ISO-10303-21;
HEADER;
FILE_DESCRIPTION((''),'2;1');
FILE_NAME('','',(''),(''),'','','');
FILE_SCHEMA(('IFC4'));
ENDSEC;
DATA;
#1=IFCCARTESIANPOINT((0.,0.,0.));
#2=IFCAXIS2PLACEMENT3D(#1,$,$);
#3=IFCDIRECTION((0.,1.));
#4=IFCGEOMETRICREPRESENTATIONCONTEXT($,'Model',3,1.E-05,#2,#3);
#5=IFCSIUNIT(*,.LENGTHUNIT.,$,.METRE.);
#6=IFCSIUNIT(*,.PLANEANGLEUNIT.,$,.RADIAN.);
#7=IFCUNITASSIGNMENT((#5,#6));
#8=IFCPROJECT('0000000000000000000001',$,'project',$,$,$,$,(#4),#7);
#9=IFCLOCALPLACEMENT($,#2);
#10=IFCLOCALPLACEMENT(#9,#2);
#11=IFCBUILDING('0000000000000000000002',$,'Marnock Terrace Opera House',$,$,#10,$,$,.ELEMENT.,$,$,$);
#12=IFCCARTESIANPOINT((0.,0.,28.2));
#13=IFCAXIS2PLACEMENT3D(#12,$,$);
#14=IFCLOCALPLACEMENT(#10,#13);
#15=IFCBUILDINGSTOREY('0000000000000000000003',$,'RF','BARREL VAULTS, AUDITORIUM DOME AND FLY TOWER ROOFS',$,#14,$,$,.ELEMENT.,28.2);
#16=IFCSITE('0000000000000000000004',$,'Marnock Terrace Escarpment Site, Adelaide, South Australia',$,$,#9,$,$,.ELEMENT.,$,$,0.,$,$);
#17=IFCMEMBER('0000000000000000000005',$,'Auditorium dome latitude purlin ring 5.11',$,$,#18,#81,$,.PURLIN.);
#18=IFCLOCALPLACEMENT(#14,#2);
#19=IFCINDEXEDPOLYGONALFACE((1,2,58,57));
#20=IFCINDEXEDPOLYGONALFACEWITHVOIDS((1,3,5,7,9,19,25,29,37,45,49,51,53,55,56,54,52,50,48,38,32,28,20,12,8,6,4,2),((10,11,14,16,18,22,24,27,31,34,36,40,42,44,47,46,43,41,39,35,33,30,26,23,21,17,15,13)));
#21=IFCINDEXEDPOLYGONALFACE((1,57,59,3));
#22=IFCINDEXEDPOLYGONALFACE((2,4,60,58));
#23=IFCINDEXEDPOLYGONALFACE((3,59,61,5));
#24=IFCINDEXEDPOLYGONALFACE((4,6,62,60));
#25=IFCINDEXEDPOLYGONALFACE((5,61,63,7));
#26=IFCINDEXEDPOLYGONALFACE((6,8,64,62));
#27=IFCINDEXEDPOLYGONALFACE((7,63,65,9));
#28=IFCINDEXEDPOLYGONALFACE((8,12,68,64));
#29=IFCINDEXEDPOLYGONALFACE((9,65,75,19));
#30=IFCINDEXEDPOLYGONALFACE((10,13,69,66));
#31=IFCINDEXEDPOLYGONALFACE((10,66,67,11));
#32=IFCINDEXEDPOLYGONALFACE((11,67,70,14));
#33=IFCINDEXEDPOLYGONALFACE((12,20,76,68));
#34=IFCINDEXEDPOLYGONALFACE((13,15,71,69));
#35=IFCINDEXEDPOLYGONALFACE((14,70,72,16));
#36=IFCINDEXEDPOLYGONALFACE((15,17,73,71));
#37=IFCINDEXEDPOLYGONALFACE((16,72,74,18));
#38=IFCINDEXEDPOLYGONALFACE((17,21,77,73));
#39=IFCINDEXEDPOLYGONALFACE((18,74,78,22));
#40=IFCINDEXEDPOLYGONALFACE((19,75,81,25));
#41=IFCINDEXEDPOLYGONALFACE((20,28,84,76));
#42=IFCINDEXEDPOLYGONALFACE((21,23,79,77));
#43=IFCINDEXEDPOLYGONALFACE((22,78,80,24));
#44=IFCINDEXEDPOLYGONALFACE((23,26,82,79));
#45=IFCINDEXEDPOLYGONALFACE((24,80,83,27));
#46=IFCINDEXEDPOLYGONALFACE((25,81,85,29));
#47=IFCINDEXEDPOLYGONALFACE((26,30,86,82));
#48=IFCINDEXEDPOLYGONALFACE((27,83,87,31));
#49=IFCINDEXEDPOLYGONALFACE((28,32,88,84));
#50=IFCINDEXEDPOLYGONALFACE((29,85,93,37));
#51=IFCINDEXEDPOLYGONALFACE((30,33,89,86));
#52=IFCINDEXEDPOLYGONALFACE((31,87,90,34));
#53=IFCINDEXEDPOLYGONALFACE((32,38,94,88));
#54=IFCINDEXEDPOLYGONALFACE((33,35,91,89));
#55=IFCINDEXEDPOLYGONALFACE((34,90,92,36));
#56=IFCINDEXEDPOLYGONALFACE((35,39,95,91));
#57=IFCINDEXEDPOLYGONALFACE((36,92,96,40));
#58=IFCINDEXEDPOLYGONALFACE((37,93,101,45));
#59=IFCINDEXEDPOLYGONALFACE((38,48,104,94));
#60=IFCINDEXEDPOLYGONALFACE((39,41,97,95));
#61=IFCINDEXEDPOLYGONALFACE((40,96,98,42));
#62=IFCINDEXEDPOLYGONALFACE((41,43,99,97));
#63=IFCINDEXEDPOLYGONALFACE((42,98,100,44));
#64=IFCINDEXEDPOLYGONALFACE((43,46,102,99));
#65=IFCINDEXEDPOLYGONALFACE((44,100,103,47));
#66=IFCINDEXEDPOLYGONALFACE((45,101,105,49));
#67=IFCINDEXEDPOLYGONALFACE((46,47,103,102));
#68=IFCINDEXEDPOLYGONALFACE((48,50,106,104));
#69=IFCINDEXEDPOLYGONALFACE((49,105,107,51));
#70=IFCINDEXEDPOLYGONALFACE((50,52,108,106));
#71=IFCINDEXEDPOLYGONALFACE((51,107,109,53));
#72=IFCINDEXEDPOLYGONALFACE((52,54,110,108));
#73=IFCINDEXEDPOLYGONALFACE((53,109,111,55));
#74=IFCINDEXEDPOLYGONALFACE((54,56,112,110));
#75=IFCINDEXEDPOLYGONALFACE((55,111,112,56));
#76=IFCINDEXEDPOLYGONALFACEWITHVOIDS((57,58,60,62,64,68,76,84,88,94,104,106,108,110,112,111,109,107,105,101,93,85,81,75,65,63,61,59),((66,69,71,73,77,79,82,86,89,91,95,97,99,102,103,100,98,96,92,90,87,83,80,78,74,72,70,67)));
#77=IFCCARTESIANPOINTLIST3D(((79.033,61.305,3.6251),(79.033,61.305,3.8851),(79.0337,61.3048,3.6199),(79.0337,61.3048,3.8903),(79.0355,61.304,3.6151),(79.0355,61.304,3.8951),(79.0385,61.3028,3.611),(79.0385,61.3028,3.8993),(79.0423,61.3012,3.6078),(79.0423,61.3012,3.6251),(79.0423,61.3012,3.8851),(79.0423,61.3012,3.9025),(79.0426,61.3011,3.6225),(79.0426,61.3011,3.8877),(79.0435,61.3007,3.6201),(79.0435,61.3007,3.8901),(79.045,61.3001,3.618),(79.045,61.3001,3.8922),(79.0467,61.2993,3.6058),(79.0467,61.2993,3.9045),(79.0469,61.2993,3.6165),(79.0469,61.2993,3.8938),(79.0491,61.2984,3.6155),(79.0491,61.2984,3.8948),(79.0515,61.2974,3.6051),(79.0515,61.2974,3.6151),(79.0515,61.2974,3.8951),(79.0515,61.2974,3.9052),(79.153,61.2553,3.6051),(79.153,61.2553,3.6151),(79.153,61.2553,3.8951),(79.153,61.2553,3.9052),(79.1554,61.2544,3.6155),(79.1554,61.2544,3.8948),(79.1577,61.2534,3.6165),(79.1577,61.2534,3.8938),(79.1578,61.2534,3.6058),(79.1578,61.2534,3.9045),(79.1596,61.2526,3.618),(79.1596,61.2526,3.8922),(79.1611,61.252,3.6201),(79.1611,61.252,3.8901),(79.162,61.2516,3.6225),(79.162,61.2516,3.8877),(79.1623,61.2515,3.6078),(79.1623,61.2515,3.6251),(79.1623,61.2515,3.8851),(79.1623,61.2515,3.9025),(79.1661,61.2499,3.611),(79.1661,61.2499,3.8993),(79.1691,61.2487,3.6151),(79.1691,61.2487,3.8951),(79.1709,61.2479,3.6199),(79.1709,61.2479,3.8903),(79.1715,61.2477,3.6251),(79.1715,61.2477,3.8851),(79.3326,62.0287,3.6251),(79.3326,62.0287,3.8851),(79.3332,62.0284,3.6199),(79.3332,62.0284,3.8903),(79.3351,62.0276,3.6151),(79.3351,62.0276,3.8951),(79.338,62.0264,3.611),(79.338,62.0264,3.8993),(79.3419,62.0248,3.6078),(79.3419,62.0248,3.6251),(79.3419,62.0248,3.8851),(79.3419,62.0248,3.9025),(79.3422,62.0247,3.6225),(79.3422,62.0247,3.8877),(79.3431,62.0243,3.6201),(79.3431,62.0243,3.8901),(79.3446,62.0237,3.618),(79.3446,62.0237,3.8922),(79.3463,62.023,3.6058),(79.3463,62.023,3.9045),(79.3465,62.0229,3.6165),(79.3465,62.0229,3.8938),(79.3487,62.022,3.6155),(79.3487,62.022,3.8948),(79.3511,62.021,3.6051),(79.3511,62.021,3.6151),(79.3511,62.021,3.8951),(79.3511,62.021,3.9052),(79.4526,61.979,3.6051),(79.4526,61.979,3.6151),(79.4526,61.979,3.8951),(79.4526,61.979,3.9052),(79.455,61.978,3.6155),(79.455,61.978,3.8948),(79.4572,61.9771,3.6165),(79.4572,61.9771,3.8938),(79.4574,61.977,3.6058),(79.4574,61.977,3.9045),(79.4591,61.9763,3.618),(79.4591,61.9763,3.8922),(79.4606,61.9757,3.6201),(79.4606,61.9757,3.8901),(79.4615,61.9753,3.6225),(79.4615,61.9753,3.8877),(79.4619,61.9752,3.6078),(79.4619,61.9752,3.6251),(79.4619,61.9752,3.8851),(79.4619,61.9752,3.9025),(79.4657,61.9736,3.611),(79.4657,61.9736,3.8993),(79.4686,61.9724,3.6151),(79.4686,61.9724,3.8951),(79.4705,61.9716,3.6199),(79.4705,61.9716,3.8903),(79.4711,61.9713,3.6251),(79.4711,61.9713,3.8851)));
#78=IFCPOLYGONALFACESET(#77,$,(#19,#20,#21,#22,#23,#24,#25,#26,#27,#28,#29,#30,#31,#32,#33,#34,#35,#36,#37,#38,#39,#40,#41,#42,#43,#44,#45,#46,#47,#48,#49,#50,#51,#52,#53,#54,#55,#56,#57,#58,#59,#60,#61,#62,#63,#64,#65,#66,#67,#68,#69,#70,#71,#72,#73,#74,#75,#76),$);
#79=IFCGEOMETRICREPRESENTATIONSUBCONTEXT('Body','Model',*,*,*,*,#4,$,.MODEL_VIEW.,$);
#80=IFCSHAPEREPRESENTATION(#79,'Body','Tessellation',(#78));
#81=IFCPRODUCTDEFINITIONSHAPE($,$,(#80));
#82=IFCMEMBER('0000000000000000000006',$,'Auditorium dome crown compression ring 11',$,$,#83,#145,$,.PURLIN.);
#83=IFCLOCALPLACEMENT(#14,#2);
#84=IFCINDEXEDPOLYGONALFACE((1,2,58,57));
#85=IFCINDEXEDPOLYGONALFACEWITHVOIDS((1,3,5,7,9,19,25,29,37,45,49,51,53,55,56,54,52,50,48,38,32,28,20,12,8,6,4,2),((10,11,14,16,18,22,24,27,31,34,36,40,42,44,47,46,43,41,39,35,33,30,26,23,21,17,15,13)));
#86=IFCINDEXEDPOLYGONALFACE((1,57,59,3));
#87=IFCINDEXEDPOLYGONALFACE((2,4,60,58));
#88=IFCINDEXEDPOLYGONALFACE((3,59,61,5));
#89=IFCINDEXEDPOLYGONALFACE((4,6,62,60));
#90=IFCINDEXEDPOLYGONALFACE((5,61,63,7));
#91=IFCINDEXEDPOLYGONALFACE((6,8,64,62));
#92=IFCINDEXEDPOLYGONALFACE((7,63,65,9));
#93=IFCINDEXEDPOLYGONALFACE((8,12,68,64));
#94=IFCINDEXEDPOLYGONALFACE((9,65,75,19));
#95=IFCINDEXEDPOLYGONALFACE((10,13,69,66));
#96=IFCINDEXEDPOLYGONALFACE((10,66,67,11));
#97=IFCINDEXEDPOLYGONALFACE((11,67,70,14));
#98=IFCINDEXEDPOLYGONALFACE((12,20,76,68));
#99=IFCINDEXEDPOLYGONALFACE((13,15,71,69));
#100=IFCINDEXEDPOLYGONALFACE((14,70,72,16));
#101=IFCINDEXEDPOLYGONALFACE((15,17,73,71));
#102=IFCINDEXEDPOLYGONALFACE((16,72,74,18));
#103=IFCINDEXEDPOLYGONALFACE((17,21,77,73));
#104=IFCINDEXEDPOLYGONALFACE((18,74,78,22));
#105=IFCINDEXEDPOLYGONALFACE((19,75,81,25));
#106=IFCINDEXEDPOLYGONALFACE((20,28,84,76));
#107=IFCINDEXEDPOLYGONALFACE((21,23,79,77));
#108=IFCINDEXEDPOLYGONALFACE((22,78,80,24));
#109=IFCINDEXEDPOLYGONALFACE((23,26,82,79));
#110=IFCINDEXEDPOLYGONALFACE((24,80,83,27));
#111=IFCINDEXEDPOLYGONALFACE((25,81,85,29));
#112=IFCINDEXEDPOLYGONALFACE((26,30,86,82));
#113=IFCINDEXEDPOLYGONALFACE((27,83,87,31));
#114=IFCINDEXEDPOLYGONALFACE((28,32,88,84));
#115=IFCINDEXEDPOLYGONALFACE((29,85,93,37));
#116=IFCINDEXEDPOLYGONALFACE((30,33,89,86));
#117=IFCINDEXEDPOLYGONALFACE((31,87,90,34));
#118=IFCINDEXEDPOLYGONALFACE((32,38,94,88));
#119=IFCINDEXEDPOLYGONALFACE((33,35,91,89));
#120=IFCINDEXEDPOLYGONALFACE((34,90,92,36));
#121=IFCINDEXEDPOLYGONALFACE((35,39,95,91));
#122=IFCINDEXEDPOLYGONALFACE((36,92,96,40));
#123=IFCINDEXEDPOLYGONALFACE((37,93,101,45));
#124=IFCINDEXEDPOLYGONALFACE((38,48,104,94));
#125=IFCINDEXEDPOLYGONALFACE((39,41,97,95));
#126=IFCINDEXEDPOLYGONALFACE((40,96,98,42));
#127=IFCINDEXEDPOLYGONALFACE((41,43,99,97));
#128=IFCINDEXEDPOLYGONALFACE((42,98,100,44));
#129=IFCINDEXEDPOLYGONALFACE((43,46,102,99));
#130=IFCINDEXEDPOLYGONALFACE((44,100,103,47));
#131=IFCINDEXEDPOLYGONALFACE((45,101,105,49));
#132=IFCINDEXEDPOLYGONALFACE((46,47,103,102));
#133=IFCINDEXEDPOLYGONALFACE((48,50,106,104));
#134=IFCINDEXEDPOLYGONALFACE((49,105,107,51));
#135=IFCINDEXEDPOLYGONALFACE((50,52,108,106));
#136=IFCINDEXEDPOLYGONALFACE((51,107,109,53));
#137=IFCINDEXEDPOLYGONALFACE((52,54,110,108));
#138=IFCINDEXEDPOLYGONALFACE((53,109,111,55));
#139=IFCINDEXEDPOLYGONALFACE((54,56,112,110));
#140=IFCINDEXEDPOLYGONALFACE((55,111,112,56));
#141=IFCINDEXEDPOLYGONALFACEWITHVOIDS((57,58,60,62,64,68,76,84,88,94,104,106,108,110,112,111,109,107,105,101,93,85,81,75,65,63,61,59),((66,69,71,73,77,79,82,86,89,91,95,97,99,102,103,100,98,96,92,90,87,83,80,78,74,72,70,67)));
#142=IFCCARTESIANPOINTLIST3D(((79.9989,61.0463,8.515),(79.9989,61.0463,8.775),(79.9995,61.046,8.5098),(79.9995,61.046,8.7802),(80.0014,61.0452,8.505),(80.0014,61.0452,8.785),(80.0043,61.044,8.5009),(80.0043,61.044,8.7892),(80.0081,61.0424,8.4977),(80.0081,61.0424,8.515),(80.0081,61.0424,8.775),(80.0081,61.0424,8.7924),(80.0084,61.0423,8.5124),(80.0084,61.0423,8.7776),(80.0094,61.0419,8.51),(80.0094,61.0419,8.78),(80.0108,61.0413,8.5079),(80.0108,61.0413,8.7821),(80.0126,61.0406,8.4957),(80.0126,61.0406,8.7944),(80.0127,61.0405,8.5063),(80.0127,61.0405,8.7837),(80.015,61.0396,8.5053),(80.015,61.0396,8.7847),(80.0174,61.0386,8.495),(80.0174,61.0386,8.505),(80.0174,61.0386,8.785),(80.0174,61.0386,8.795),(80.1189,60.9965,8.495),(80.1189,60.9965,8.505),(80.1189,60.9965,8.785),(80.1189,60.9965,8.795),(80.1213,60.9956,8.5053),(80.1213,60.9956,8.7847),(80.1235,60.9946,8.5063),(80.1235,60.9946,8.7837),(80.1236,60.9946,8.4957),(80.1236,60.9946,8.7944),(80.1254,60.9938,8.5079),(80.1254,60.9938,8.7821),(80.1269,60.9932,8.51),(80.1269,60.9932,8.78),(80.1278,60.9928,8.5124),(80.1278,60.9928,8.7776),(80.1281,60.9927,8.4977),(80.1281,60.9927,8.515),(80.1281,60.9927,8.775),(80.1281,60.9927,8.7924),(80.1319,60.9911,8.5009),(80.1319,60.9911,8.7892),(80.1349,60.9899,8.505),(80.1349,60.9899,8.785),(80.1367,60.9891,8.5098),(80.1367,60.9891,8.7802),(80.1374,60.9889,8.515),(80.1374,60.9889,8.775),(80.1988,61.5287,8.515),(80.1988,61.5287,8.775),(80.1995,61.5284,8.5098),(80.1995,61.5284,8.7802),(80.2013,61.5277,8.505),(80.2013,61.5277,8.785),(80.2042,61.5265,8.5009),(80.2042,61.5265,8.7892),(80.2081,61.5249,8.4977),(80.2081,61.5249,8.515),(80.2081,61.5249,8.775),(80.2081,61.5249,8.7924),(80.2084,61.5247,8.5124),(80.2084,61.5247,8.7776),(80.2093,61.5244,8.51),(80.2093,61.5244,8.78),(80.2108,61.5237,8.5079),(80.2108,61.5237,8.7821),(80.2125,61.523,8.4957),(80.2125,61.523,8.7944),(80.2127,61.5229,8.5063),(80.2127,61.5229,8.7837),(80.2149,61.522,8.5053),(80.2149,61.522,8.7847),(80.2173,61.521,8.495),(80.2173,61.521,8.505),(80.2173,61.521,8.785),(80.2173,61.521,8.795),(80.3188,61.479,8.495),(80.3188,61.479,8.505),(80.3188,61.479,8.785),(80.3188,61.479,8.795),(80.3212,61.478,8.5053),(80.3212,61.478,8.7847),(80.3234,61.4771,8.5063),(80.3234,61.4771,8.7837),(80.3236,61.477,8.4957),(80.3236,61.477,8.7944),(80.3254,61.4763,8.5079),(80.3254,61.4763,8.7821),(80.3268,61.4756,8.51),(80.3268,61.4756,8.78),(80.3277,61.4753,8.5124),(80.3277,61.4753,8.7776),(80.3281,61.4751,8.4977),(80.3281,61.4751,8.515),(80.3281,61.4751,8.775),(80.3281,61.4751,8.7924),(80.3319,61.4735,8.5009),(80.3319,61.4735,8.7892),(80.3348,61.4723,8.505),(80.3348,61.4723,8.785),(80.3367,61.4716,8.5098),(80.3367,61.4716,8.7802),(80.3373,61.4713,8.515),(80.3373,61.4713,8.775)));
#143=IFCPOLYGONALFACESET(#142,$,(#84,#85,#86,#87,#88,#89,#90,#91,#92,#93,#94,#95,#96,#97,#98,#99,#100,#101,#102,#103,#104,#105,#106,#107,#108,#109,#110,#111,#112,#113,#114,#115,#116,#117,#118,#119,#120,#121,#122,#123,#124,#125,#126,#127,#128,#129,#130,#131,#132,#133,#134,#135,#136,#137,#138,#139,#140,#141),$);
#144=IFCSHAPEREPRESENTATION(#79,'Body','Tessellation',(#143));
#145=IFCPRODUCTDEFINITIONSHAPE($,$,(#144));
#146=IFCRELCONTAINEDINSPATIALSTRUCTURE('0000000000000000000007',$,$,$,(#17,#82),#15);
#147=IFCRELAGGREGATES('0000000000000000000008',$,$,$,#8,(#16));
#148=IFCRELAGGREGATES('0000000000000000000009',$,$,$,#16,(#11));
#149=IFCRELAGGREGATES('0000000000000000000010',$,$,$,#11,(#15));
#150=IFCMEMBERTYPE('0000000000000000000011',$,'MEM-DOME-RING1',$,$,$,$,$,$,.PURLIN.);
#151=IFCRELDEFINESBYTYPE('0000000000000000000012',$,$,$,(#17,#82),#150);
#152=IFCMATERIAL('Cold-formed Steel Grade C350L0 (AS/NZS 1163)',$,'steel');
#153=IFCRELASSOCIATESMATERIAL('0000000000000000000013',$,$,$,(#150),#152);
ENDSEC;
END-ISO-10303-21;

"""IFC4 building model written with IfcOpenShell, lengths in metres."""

from ifc_helpers import new_model, si_unit, direction, frame, origin, origin_2d, place, context, subcontext, project, spatial, hollow_rectangle, extrude, material, material_profile, profile_set, type_object, element, save


model = new_model("IFC4")

# Units and contexts
model_context = context("Model", 3, precision=1e-05, world=origin(), true_north=direction((0.0, 1.0)))
body_context = subcontext(model_context, "Body", "Model", "MODEL_VIEW")
ifc_project = project(units=[si_unit("LENGTHUNIT", "METRE"), si_unit("PLANEANGLEUNIT", "RADIAN")], contexts=[model_context])

# Site, building, storey
site_placement = place(None, origin())
site = spatial("IfcSite", under=ifc_project, at=site_placement, Name="Marnock Terrace Escarpment Site, Adelaide, South Australia", CompositionType="ELEMENT", RefElevation=0.0)
building_placement = place(site_placement, origin())
building = spatial("IfcBuilding", under=site, at=building_placement, Name="Marnock Terrace Opera House", CompositionType="ELEMENT")
storey_placement = place(building_placement, frame((0.0, 0.0, 28.2)))
storey = spatial("IfcBuildingStorey", under=building, at=storey_placement, Name="RF", Description="BARREL VAULTS, AUDITORIUM DOME AND FLY TOWER ROOFS", CompositionType="ELEMENT", Elevation=28.2)

# Members
ifc_material_1 = material(Name="Cold-formed Steel Grade C350L0 (AS/NZS 1163)", Category="steel")
ifc_material_profile_1 = material_profile(ifc_material_1, hollow_rectangle(XDim=0.1499, YDim=0.3, WallThickness=0.01, InnerFilletRadius=0.01, OuterFilletRadius=0.02, at=origin_2d()))
ifc_profile_set_1 = profile_set([ifc_material_profile_1], Name="Cold-formed Steel Grade C350L0 (AS/NZS 1163)")
member_type_1 = type_object("IfcMemberType", Name="MEM-DOME-RING1", PredefinedType="PURLIN", material=ifc_profile_set_1)
member_1_placement = place(storey_placement, frame((79.4019, 62.0, 3.7551), z_axis=(-0.382489, -0.92396, 0.0), x_axis=(0.92396, -0.382489, 0.0)))
element("IfcMember", 1, at=member_1_placement, inside=storey, type_object=member_type_1, Name="Auditorium dome latitude purlin ring 5.11", PredefinedType="PURLIN", context=body_context, shape_type="SweptSolid", body=[
    extrude(hollow_rectangle(XDim=0.1499, YDim=0.3, WallThickness=0.01, InnerFilletRadius=0.01, OuterFilletRadius=0.02, at=origin_2d()), origin(), (0.0, 0.0, 1.0), 0.7832),
])
member_2_placement = place(storey_placement, frame((80.2681, 61.5, 8.645), z_axis=(-0.382889, -0.923795, 0.0), x_axis=(0.923795, -0.382889, 0.0)))
element("IfcMember", 2, at=member_2_placement, inside=storey, type_object=member_type_1, Name="Auditorium dome crown compression ring 11", PredefinedType="PURLIN", context=body_context, shape_type="SweptSolid", body=[
    extrude(hollow_rectangle(XDim=0.1499, YDim=0.3, WallThickness=0.01, InnerFilletRadius=0.01, OuterFilletRadius=0.02, at=origin_2d()), origin(), (0.0, 0.0, 1.0), 0.5222),
])

save(model, "model.ifc")
